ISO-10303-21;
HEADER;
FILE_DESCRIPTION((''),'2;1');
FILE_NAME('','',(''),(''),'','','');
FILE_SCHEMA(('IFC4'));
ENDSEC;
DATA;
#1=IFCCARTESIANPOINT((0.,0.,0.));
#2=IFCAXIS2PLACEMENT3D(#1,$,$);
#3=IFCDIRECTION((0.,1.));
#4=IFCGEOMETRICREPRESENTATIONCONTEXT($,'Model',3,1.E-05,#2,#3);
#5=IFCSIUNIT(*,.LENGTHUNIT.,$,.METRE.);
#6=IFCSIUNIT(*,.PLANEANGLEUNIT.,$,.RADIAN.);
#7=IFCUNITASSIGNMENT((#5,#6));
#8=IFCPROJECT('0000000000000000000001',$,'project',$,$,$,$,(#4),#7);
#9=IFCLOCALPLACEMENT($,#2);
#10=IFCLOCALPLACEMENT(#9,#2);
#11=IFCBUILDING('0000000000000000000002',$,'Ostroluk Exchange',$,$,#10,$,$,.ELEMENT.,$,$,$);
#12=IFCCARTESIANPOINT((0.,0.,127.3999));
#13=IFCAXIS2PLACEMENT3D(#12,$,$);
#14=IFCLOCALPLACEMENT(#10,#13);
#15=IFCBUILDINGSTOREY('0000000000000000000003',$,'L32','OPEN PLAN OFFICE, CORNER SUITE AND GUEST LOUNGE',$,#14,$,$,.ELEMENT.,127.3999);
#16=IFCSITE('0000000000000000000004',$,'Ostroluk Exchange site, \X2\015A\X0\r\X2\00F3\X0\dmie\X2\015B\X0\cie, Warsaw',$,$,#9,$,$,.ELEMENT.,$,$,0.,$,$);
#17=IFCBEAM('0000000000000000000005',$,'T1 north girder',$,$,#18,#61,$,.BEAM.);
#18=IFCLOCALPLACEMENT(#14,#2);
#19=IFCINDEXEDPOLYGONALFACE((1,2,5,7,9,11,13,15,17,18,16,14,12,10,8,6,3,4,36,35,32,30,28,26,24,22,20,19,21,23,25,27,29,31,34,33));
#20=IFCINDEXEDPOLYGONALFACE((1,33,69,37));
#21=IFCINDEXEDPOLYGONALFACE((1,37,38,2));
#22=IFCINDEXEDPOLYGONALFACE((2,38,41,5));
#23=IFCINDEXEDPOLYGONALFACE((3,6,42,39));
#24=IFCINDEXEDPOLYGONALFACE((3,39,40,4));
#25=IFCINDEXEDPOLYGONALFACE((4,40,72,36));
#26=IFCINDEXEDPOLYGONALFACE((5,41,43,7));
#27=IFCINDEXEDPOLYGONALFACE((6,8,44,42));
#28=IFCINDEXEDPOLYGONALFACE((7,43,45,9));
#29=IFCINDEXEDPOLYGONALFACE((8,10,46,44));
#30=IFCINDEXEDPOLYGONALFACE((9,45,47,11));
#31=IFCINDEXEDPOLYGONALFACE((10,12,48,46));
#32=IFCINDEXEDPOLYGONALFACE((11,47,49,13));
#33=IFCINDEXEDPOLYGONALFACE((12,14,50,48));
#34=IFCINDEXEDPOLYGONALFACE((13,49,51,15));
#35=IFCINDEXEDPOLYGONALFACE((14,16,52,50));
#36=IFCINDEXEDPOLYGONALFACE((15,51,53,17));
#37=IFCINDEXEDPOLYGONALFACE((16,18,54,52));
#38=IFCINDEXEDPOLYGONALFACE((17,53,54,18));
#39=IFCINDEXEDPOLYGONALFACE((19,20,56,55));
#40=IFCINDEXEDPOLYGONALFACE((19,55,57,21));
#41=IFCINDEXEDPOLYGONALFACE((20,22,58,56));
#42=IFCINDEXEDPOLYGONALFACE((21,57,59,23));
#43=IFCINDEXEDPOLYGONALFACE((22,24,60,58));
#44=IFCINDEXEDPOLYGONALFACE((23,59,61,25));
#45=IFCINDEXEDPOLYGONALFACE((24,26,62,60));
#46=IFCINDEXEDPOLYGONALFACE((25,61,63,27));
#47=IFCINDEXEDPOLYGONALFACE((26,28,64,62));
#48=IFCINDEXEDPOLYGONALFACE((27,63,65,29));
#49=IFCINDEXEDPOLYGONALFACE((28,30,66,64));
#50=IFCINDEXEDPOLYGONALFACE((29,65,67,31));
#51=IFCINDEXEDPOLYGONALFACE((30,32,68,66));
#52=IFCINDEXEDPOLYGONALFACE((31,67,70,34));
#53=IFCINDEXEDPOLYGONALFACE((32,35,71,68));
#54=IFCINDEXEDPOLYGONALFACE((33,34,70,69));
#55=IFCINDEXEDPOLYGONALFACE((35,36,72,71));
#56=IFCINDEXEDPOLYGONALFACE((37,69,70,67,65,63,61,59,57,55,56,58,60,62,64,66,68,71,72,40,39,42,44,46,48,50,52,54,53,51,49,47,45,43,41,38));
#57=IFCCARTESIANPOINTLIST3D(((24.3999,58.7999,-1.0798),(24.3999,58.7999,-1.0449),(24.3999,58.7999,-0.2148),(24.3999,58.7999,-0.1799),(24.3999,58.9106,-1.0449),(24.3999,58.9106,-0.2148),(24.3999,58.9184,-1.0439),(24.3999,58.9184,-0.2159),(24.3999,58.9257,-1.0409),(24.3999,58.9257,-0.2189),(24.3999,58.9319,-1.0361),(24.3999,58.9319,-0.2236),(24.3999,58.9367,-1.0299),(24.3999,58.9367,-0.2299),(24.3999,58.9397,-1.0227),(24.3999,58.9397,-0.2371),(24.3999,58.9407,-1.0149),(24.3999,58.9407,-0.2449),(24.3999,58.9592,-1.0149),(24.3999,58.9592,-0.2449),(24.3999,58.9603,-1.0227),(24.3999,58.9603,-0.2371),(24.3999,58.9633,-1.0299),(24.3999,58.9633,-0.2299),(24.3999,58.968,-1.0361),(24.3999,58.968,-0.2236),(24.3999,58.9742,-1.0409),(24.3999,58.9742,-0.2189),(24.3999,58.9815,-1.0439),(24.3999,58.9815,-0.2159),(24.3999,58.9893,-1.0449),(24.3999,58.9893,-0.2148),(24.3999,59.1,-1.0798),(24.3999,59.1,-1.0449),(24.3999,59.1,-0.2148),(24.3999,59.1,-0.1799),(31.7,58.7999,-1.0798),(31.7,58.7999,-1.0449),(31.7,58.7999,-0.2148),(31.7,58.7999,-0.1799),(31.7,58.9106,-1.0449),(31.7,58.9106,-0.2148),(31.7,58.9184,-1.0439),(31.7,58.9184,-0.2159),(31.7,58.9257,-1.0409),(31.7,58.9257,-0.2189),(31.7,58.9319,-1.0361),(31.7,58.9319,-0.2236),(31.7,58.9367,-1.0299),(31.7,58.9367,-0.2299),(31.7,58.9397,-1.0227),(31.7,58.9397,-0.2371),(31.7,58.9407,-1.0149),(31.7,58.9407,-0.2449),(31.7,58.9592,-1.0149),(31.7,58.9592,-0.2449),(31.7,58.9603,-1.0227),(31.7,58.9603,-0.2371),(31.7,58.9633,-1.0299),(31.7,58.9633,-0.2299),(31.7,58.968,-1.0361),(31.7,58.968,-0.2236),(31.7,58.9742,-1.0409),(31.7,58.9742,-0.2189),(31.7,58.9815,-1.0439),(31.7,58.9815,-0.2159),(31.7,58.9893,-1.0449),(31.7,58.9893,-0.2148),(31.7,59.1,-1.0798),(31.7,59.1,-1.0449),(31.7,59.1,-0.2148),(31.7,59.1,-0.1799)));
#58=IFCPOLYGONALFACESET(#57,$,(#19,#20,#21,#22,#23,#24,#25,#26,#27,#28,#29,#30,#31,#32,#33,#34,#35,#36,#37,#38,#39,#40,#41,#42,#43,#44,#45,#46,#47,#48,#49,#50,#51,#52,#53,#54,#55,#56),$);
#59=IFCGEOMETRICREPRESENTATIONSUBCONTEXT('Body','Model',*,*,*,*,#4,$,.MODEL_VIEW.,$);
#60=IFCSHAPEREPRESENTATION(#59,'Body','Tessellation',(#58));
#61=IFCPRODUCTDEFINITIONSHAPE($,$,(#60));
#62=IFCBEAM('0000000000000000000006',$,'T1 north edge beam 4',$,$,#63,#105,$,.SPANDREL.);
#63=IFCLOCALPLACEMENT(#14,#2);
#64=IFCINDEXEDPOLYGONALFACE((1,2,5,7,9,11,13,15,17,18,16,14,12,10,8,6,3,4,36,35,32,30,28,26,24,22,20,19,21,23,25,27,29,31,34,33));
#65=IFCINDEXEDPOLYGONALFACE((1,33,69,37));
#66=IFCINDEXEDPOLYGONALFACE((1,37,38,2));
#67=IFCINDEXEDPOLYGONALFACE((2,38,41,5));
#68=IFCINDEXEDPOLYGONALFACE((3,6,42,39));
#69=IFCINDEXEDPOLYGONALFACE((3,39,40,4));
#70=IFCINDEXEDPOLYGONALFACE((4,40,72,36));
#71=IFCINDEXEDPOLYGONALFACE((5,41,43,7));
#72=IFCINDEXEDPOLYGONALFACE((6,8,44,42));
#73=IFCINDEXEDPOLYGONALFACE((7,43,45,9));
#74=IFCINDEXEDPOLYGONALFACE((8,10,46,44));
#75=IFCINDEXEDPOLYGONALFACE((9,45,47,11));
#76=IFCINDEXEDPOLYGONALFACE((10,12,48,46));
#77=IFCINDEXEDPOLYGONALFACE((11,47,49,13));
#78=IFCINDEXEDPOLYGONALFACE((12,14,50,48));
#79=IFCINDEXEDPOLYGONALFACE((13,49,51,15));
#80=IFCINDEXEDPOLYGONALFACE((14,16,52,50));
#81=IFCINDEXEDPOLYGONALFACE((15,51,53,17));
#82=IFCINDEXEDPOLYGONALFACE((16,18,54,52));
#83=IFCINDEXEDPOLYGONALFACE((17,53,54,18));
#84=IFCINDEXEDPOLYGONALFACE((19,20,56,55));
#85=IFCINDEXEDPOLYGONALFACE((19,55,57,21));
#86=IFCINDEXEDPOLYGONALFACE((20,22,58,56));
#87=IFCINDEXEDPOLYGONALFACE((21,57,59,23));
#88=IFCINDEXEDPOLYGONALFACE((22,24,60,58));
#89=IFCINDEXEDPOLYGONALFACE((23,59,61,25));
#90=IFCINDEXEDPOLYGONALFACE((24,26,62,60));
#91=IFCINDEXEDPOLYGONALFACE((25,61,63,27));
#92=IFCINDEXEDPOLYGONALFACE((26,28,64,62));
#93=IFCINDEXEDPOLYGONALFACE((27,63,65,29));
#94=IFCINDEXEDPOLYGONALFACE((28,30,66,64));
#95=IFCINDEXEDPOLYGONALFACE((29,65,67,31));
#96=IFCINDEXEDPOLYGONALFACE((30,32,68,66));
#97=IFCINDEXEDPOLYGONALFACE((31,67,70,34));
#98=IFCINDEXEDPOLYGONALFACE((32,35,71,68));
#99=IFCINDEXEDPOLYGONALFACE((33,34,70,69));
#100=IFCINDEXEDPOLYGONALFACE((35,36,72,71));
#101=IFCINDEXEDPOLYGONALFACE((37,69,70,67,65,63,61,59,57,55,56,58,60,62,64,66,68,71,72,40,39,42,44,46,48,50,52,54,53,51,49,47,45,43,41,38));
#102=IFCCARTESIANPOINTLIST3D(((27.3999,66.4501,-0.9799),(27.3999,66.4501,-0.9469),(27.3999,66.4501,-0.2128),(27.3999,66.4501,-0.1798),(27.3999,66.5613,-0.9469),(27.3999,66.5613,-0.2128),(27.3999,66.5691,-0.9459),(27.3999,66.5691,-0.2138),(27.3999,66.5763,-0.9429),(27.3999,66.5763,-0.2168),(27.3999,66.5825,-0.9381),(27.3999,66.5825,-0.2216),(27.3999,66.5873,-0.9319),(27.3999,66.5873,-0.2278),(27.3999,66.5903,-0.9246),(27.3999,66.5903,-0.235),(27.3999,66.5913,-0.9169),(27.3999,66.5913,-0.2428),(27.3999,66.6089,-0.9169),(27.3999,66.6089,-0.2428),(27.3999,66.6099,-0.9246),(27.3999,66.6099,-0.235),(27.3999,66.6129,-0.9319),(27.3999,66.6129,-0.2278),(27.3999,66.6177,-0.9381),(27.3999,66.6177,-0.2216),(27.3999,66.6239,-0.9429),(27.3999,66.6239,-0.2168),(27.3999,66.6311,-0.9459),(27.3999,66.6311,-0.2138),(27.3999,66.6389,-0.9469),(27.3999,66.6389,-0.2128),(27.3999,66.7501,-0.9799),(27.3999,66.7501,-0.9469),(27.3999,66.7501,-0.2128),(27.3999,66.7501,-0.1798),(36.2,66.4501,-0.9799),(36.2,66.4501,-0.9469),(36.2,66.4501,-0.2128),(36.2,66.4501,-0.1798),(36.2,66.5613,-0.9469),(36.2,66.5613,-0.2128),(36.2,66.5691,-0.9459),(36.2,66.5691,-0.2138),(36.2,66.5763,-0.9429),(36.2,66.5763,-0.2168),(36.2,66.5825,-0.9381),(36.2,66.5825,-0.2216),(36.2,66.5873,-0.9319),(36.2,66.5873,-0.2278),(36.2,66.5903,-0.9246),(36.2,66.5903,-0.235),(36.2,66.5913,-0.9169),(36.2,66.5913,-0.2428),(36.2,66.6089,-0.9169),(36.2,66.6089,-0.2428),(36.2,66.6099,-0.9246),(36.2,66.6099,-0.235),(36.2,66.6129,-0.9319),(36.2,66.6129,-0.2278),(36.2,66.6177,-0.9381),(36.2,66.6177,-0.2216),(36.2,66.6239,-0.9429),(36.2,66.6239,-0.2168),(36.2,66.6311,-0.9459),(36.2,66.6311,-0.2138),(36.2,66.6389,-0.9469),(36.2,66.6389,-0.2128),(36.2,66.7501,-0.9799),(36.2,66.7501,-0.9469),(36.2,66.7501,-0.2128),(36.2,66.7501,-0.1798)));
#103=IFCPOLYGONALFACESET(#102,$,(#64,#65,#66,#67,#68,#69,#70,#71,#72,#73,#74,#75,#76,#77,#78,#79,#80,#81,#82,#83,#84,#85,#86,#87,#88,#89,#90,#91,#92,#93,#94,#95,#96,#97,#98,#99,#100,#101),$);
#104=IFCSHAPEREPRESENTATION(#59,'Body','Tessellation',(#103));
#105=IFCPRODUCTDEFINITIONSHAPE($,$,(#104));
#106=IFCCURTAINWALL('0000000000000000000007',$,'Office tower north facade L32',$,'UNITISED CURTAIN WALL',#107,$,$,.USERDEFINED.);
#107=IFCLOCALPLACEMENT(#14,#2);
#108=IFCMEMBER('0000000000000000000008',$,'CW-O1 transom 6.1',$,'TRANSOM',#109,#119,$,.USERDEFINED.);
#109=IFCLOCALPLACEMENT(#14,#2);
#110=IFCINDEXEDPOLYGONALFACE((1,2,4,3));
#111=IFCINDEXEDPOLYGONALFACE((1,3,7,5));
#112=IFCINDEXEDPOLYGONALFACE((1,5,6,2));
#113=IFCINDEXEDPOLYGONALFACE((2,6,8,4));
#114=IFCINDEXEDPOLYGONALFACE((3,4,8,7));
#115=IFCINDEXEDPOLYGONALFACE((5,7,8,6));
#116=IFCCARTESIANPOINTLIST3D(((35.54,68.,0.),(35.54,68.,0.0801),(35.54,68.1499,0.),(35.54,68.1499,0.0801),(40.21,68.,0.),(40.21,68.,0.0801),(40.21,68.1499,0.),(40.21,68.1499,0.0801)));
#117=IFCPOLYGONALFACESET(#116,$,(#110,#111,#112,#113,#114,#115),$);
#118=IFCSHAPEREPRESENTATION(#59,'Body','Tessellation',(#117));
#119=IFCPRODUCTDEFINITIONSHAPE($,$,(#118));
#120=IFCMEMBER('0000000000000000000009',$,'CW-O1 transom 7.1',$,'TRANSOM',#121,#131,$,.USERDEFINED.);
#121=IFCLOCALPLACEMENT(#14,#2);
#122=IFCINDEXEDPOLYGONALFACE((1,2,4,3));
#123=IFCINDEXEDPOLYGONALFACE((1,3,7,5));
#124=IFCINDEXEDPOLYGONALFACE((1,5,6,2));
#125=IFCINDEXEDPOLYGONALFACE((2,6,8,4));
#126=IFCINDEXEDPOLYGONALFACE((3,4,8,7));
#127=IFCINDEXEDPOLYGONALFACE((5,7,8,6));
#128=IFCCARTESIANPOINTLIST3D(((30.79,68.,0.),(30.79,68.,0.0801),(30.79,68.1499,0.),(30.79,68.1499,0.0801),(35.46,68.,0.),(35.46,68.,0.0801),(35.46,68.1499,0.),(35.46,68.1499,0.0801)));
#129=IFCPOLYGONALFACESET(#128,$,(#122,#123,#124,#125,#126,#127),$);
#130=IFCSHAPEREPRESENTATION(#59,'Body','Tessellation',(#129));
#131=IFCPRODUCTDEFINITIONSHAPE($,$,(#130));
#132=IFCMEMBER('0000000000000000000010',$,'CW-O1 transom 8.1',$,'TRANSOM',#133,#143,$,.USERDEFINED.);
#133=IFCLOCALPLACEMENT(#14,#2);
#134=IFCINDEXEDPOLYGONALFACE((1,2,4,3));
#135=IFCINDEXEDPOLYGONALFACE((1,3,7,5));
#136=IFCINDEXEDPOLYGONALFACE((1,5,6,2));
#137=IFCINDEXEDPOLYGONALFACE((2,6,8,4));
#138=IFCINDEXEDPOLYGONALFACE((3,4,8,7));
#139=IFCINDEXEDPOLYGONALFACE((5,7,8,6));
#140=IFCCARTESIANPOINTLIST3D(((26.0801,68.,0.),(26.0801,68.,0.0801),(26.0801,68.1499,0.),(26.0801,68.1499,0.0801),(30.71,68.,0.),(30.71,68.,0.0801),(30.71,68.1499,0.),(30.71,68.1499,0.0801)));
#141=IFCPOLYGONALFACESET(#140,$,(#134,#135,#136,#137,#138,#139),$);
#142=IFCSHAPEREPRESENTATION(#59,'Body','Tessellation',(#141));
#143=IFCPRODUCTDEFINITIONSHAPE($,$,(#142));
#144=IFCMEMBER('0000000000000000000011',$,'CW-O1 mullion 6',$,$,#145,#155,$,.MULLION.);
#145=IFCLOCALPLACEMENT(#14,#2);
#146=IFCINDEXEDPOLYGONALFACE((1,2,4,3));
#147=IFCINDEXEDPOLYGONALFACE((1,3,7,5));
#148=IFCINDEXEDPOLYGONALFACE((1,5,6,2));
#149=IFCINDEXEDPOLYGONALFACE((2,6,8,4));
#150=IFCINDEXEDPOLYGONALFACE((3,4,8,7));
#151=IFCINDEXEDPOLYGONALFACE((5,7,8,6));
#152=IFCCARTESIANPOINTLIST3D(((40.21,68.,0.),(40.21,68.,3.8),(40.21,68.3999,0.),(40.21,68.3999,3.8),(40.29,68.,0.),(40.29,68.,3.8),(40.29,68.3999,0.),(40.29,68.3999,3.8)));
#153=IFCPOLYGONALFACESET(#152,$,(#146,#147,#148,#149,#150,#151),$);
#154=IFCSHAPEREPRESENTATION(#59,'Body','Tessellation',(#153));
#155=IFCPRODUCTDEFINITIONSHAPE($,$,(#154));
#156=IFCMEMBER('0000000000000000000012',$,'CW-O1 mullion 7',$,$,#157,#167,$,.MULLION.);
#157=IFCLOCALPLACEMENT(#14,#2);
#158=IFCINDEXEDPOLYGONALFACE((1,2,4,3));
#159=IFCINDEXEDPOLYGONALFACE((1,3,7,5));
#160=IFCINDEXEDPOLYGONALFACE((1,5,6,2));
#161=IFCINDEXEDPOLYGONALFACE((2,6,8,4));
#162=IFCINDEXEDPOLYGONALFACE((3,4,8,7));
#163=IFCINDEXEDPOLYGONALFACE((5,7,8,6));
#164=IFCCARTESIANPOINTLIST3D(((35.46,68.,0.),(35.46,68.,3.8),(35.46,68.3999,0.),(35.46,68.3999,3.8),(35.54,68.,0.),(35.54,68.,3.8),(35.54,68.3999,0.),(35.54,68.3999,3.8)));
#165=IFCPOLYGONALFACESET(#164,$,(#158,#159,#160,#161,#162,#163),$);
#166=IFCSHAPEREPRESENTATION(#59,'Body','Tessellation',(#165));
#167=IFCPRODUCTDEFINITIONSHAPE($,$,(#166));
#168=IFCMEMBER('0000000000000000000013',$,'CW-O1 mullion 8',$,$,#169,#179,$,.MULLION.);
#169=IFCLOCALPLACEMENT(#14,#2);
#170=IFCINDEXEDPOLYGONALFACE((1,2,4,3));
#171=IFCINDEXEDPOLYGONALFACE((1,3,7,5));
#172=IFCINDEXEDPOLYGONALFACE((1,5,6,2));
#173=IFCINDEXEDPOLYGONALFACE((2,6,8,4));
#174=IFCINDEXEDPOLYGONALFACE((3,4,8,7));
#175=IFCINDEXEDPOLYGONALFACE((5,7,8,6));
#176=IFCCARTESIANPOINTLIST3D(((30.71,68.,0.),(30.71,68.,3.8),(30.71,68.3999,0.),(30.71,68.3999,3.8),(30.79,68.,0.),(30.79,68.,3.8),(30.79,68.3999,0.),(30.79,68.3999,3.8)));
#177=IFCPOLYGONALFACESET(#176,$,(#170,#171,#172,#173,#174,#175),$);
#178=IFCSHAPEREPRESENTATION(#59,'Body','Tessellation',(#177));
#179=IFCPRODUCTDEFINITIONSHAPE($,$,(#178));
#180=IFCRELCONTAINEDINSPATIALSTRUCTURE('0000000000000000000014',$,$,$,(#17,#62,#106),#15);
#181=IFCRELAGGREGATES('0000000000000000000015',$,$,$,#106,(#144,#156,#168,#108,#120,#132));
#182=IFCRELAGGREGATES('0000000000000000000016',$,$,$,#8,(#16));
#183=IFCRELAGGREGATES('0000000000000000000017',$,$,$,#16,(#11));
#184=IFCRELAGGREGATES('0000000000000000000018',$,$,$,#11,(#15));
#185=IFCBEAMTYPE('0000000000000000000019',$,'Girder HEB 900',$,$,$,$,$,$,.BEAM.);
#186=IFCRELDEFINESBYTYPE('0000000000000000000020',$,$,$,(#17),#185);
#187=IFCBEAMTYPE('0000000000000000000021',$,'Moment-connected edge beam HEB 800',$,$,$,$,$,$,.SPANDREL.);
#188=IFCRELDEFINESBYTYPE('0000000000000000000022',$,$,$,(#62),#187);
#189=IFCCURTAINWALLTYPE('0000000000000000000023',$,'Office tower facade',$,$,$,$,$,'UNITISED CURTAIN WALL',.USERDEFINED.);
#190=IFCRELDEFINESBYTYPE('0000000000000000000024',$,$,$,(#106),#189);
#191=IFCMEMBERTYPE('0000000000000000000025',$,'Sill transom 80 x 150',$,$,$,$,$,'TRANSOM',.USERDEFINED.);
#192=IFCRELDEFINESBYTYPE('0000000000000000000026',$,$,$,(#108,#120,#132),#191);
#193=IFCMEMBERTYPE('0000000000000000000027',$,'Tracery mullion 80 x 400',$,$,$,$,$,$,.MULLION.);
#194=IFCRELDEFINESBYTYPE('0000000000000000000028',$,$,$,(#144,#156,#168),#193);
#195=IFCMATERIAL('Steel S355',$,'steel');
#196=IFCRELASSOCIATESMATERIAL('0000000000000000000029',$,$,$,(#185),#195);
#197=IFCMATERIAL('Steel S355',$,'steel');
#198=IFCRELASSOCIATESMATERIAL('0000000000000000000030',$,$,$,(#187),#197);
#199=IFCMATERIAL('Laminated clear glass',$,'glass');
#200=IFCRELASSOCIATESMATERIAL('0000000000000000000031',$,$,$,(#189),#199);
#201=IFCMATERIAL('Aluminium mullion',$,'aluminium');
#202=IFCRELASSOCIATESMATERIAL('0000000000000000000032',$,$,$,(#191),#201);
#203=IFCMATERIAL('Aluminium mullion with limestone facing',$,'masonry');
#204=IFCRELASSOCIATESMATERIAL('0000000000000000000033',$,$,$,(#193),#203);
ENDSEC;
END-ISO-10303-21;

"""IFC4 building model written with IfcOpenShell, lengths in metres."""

from ifc_helpers import new_model, si_unit, direction, frame, origin, origin_2d, place, context, subcontext, project, spatial, rectangle, i_section, extrude, material, material_profile, profile_set, type_object, element, aggregate, save


model = new_model("IFC4")

# Units and contexts
model_context = context("Model", 3, precision=1e-05, world=origin(), true_north=direction((0.0, 1.0)))
body_context = subcontext(model_context, "Body", "Model", "MODEL_VIEW")
ifc_project = project(units=[si_unit("LENGTHUNIT", "METRE"), si_unit("PLANEANGLEUNIT", "RADIAN")], contexts=[model_context])

# Site, building, storey
site_placement = place(None, origin())
site = spatial("IfcSite", under=ifc_project, at=site_placement, Name="Ostroluk Exchange site, Śródmieście, Warsaw", CompositionType="ELEMENT", RefElevation=0.0)
building_placement = place(site_placement, origin())
building = spatial("IfcBuilding", under=site, at=building_placement, Name="Ostroluk Exchange", CompositionType="ELEMENT")
storey_placement = place(building_placement, frame((0.0, 0.0, 127.3999)))
storey = spatial("IfcBuildingStorey", under=building, at=storey_placement, Name="L32", Description="OPEN PLAN OFFICE, CORNER SUITE AND GUEST LOUNGE", CompositionType="ELEMENT", Elevation=127.3999)

# Beams
ifc_material_1 = material(Name="Steel S355", Category="steel")
ifc_material_profile_1 = material_profile(ifc_material_1, i_section(OverallWidth=0.3, OverallDepth=0.8999, WebThickness=0.0186, FlangeThickness=0.0349, FilletRadius=0.03, at=origin_2d()), Name="HEB 900")
ifc_profile_set_1 = profile_set([ifc_material_profile_1], Name="Steel S355")
beam_type_1 = type_object("IfcBeamType", Name="Girder HEB 900", PredefinedType="BEAM", material=ifc_profile_set_1)
beam_1_placement = place(storey_placement, frame((31.7, 58.95, -0.6299), z_axis=(-1.0, 0.0, 0.0), x_axis=(0.0, -1.0, 0.0)))
element("IfcBeam", 1, at=beam_1_placement, inside=storey, type_object=beam_type_1, Name="T1 north girder", PredefinedType="BEAM", context=body_context, shape_type="SweptSolid", body=[
    extrude(i_section(OverallWidth=0.3, OverallDepth=0.8999, WebThickness=0.0186, FlangeThickness=0.0349, FilletRadius=0.03, at=origin_2d()), origin(), (0.0, 0.0, 1.0), 7.3),
])
ifc_material_2 = material(Name="Steel S355", Category="steel")
ifc_material_profile_2 = material_profile(ifc_material_2, i_section(OverallWidth=0.3, OverallDepth=0.8, WebThickness=0.0176, FlangeThickness=0.033, FilletRadius=0.03, at=origin_2d()), Name="HEB 800")
ifc_profile_set_2 = profile_set([ifc_material_profile_2], Name="Steel S355")
beam_type_2 = type_object("IfcBeamType", Name="Moment-connected edge beam HEB 800", PredefinedType="SPANDREL", material=ifc_profile_set_2)
beam_2_placement = place(storey_placement, frame((36.2, 66.6001, -0.5798), z_axis=(-1.0, 0.0, 0.0), x_axis=(0.0, -1.0, 0.0)))
element("IfcBeam", 2, at=beam_2_placement, inside=storey, type_object=beam_type_2, Name="T1 north edge beam 4", PredefinedType="SPANDREL", context=body_context, shape_type="SweptSolid", body=[
    extrude(i_section(OverallWidth=0.3, OverallDepth=0.8, WebThickness=0.0176, FlangeThickness=0.033, FilletRadius=0.03, at=origin_2d()), origin(), (0.0, 0.0, 1.0), 8.8),
])

# Curtain wall, members
ifc_material_3 = material(Name="Laminated clear glass", Category="glass")
curtain_wall_type = type_object("IfcCurtainWallType", Name="Office tower facade", ElementType="UNITISED CURTAIN WALL", PredefinedType="USERDEFINED", material=ifc_material_3)
curtain_wall_placement = place(storey_placement, origin())
curtain_wall = element("IfcCurtainWall", 3, at=curtain_wall_placement, inside=storey, type_object=curtain_wall_type, Name="Office tower north facade L32", ObjectType="UNITISED CURTAIN WALL", PredefinedType="USERDEFINED")
ifc_material_4 = material(Name="Aluminium mullion", Category="aluminium")
ifc_material_profile_3 = material_profile(ifc_material_4, rectangle(XDim=0.1499, YDim=0.0801, at=origin_2d()), Name="Sill transom 80 x 150")
ifc_profile_set_3 = profile_set([ifc_material_profile_3], Name="Aluminium mullion")
member_type_1 = type_object("IfcMemberType", Name="Sill transom 80 x 150", ElementType="TRANSOM", PredefinedType="USERDEFINED", material=ifc_profile_set_3)
member_1_placement = place(storey_placement, frame((40.21, 68.075, 0.04), z_axis=(-1.0, 0.0, 0.0), x_axis=(0.0, -1.0, 0.0)))
member_1 = element("IfcMember", 4, at=member_1_placement, type_object=member_type_1, Name="CW-O1 transom 6.1", ObjectType="TRANSOM", PredefinedType="USERDEFINED", context=body_context, shape_type="SweptSolid", body=[
    extrude(rectangle(XDim=0.1499, YDim=0.0801, at=origin_2d()), origin(), (0.0, 0.0, 1.0), 4.6699),
])
member_2_placement = place(storey_placement, frame((35.46, 68.075, 0.04), z_axis=(-1.0, 0.0, 0.0), x_axis=(0.0, -1.0, 0.0)))
member_2 = element("IfcMember", 5, at=member_2_placement, type_object=member_type_1, Name="CW-O1 transom 7.1", ObjectType="TRANSOM", PredefinedType="USERDEFINED", context=body_context, shape_type="SweptSolid", body=[
    extrude(rectangle(XDim=0.1499, YDim=0.0801, at=origin_2d()), origin(), (0.0, 0.0, 1.0), 4.6699),
])
member_3_placement = place(storey_placement, frame((30.71, 68.075, 0.04), z_axis=(-1.0, 0.0, 0.0), x_axis=(0.0, -1.0, 0.0)))
member_3 = element("IfcMember", 6, at=member_3_placement, type_object=member_type_1, Name="CW-O1 transom 8.1", ObjectType="TRANSOM", PredefinedType="USERDEFINED", context=body_context, shape_type="SweptSolid", body=[
    extrude(rectangle(XDim=0.1499, YDim=0.0801, at=origin_2d()), origin(), (0.0, 0.0, 1.0), 4.6299),
])
ifc_material_5 = material(Name="Aluminium mullion with limestone facing", Category="masonry")
ifc_material_profile_4 = material_profile(ifc_material_5, rectangle(XDim=0.3999, YDim=0.0801, at=origin_2d()), Name="Tracery mullion 80 x 400")
ifc_profile_set_4 = profile_set([ifc_material_profile_4], Name="Aluminium mullion with limestone facing")
member_type_2 = type_object("IfcMemberType", Name="Tracery mullion 80 x 400", PredefinedType="MULLION", material=ifc_profile_set_4)
member_4_placement = place(storey_placement, frame((40.25, 68.2, 0.0), z_axis=(0.0, 0.0, 1.0), x_axis=(0.0, -1.0, 0.0)))
member_4 = element("IfcMember", 7, at=member_4_placement, type_object=member_type_2, Name="CW-O1 mullion 6", PredefinedType="MULLION", context=body_context, shape_type="SweptSolid", body=[
    extrude(rectangle(XDim=0.3999, YDim=0.0801, at=origin_2d()), origin(), (0.0, 0.0, 1.0), 3.8),
])
member_5_placement = place(storey_placement, frame((35.5, 68.2, 0.0), z_axis=(0.0, 0.0, 1.0), x_axis=(0.0, -1.0, 0.0)))
member_5 = element("IfcMember", 8, at=member_5_placement, type_object=member_type_2, Name="CW-O1 mullion 7", PredefinedType="MULLION", context=body_context, shape_type="SweptSolid", body=[
    extrude(rectangle(XDim=0.3999, YDim=0.0801, at=origin_2d()), origin(), (0.0, 0.0, 1.0), 3.8),
])
member_6_placement = place(storey_placement, frame((30.75, 68.2, 0.0), z_axis=(0.0, 0.0, 1.0), x_axis=(0.0, -1.0, 0.0)))
member_6 = element("IfcMember", 9, at=member_6_placement, type_object=member_type_2, Name="CW-O1 mullion 8", PredefinedType="MULLION", context=body_context, shape_type="SweptSolid", body=[
    extrude(rectangle(XDim=0.3999, YDim=0.0801, at=origin_2d()), origin(), (0.0, 0.0, 1.0), 3.8),
])
aggregate(curtain_wall, [member_4, member_5, member_6, member_1, member_2, member_3])

save(model, "model.ifc")
